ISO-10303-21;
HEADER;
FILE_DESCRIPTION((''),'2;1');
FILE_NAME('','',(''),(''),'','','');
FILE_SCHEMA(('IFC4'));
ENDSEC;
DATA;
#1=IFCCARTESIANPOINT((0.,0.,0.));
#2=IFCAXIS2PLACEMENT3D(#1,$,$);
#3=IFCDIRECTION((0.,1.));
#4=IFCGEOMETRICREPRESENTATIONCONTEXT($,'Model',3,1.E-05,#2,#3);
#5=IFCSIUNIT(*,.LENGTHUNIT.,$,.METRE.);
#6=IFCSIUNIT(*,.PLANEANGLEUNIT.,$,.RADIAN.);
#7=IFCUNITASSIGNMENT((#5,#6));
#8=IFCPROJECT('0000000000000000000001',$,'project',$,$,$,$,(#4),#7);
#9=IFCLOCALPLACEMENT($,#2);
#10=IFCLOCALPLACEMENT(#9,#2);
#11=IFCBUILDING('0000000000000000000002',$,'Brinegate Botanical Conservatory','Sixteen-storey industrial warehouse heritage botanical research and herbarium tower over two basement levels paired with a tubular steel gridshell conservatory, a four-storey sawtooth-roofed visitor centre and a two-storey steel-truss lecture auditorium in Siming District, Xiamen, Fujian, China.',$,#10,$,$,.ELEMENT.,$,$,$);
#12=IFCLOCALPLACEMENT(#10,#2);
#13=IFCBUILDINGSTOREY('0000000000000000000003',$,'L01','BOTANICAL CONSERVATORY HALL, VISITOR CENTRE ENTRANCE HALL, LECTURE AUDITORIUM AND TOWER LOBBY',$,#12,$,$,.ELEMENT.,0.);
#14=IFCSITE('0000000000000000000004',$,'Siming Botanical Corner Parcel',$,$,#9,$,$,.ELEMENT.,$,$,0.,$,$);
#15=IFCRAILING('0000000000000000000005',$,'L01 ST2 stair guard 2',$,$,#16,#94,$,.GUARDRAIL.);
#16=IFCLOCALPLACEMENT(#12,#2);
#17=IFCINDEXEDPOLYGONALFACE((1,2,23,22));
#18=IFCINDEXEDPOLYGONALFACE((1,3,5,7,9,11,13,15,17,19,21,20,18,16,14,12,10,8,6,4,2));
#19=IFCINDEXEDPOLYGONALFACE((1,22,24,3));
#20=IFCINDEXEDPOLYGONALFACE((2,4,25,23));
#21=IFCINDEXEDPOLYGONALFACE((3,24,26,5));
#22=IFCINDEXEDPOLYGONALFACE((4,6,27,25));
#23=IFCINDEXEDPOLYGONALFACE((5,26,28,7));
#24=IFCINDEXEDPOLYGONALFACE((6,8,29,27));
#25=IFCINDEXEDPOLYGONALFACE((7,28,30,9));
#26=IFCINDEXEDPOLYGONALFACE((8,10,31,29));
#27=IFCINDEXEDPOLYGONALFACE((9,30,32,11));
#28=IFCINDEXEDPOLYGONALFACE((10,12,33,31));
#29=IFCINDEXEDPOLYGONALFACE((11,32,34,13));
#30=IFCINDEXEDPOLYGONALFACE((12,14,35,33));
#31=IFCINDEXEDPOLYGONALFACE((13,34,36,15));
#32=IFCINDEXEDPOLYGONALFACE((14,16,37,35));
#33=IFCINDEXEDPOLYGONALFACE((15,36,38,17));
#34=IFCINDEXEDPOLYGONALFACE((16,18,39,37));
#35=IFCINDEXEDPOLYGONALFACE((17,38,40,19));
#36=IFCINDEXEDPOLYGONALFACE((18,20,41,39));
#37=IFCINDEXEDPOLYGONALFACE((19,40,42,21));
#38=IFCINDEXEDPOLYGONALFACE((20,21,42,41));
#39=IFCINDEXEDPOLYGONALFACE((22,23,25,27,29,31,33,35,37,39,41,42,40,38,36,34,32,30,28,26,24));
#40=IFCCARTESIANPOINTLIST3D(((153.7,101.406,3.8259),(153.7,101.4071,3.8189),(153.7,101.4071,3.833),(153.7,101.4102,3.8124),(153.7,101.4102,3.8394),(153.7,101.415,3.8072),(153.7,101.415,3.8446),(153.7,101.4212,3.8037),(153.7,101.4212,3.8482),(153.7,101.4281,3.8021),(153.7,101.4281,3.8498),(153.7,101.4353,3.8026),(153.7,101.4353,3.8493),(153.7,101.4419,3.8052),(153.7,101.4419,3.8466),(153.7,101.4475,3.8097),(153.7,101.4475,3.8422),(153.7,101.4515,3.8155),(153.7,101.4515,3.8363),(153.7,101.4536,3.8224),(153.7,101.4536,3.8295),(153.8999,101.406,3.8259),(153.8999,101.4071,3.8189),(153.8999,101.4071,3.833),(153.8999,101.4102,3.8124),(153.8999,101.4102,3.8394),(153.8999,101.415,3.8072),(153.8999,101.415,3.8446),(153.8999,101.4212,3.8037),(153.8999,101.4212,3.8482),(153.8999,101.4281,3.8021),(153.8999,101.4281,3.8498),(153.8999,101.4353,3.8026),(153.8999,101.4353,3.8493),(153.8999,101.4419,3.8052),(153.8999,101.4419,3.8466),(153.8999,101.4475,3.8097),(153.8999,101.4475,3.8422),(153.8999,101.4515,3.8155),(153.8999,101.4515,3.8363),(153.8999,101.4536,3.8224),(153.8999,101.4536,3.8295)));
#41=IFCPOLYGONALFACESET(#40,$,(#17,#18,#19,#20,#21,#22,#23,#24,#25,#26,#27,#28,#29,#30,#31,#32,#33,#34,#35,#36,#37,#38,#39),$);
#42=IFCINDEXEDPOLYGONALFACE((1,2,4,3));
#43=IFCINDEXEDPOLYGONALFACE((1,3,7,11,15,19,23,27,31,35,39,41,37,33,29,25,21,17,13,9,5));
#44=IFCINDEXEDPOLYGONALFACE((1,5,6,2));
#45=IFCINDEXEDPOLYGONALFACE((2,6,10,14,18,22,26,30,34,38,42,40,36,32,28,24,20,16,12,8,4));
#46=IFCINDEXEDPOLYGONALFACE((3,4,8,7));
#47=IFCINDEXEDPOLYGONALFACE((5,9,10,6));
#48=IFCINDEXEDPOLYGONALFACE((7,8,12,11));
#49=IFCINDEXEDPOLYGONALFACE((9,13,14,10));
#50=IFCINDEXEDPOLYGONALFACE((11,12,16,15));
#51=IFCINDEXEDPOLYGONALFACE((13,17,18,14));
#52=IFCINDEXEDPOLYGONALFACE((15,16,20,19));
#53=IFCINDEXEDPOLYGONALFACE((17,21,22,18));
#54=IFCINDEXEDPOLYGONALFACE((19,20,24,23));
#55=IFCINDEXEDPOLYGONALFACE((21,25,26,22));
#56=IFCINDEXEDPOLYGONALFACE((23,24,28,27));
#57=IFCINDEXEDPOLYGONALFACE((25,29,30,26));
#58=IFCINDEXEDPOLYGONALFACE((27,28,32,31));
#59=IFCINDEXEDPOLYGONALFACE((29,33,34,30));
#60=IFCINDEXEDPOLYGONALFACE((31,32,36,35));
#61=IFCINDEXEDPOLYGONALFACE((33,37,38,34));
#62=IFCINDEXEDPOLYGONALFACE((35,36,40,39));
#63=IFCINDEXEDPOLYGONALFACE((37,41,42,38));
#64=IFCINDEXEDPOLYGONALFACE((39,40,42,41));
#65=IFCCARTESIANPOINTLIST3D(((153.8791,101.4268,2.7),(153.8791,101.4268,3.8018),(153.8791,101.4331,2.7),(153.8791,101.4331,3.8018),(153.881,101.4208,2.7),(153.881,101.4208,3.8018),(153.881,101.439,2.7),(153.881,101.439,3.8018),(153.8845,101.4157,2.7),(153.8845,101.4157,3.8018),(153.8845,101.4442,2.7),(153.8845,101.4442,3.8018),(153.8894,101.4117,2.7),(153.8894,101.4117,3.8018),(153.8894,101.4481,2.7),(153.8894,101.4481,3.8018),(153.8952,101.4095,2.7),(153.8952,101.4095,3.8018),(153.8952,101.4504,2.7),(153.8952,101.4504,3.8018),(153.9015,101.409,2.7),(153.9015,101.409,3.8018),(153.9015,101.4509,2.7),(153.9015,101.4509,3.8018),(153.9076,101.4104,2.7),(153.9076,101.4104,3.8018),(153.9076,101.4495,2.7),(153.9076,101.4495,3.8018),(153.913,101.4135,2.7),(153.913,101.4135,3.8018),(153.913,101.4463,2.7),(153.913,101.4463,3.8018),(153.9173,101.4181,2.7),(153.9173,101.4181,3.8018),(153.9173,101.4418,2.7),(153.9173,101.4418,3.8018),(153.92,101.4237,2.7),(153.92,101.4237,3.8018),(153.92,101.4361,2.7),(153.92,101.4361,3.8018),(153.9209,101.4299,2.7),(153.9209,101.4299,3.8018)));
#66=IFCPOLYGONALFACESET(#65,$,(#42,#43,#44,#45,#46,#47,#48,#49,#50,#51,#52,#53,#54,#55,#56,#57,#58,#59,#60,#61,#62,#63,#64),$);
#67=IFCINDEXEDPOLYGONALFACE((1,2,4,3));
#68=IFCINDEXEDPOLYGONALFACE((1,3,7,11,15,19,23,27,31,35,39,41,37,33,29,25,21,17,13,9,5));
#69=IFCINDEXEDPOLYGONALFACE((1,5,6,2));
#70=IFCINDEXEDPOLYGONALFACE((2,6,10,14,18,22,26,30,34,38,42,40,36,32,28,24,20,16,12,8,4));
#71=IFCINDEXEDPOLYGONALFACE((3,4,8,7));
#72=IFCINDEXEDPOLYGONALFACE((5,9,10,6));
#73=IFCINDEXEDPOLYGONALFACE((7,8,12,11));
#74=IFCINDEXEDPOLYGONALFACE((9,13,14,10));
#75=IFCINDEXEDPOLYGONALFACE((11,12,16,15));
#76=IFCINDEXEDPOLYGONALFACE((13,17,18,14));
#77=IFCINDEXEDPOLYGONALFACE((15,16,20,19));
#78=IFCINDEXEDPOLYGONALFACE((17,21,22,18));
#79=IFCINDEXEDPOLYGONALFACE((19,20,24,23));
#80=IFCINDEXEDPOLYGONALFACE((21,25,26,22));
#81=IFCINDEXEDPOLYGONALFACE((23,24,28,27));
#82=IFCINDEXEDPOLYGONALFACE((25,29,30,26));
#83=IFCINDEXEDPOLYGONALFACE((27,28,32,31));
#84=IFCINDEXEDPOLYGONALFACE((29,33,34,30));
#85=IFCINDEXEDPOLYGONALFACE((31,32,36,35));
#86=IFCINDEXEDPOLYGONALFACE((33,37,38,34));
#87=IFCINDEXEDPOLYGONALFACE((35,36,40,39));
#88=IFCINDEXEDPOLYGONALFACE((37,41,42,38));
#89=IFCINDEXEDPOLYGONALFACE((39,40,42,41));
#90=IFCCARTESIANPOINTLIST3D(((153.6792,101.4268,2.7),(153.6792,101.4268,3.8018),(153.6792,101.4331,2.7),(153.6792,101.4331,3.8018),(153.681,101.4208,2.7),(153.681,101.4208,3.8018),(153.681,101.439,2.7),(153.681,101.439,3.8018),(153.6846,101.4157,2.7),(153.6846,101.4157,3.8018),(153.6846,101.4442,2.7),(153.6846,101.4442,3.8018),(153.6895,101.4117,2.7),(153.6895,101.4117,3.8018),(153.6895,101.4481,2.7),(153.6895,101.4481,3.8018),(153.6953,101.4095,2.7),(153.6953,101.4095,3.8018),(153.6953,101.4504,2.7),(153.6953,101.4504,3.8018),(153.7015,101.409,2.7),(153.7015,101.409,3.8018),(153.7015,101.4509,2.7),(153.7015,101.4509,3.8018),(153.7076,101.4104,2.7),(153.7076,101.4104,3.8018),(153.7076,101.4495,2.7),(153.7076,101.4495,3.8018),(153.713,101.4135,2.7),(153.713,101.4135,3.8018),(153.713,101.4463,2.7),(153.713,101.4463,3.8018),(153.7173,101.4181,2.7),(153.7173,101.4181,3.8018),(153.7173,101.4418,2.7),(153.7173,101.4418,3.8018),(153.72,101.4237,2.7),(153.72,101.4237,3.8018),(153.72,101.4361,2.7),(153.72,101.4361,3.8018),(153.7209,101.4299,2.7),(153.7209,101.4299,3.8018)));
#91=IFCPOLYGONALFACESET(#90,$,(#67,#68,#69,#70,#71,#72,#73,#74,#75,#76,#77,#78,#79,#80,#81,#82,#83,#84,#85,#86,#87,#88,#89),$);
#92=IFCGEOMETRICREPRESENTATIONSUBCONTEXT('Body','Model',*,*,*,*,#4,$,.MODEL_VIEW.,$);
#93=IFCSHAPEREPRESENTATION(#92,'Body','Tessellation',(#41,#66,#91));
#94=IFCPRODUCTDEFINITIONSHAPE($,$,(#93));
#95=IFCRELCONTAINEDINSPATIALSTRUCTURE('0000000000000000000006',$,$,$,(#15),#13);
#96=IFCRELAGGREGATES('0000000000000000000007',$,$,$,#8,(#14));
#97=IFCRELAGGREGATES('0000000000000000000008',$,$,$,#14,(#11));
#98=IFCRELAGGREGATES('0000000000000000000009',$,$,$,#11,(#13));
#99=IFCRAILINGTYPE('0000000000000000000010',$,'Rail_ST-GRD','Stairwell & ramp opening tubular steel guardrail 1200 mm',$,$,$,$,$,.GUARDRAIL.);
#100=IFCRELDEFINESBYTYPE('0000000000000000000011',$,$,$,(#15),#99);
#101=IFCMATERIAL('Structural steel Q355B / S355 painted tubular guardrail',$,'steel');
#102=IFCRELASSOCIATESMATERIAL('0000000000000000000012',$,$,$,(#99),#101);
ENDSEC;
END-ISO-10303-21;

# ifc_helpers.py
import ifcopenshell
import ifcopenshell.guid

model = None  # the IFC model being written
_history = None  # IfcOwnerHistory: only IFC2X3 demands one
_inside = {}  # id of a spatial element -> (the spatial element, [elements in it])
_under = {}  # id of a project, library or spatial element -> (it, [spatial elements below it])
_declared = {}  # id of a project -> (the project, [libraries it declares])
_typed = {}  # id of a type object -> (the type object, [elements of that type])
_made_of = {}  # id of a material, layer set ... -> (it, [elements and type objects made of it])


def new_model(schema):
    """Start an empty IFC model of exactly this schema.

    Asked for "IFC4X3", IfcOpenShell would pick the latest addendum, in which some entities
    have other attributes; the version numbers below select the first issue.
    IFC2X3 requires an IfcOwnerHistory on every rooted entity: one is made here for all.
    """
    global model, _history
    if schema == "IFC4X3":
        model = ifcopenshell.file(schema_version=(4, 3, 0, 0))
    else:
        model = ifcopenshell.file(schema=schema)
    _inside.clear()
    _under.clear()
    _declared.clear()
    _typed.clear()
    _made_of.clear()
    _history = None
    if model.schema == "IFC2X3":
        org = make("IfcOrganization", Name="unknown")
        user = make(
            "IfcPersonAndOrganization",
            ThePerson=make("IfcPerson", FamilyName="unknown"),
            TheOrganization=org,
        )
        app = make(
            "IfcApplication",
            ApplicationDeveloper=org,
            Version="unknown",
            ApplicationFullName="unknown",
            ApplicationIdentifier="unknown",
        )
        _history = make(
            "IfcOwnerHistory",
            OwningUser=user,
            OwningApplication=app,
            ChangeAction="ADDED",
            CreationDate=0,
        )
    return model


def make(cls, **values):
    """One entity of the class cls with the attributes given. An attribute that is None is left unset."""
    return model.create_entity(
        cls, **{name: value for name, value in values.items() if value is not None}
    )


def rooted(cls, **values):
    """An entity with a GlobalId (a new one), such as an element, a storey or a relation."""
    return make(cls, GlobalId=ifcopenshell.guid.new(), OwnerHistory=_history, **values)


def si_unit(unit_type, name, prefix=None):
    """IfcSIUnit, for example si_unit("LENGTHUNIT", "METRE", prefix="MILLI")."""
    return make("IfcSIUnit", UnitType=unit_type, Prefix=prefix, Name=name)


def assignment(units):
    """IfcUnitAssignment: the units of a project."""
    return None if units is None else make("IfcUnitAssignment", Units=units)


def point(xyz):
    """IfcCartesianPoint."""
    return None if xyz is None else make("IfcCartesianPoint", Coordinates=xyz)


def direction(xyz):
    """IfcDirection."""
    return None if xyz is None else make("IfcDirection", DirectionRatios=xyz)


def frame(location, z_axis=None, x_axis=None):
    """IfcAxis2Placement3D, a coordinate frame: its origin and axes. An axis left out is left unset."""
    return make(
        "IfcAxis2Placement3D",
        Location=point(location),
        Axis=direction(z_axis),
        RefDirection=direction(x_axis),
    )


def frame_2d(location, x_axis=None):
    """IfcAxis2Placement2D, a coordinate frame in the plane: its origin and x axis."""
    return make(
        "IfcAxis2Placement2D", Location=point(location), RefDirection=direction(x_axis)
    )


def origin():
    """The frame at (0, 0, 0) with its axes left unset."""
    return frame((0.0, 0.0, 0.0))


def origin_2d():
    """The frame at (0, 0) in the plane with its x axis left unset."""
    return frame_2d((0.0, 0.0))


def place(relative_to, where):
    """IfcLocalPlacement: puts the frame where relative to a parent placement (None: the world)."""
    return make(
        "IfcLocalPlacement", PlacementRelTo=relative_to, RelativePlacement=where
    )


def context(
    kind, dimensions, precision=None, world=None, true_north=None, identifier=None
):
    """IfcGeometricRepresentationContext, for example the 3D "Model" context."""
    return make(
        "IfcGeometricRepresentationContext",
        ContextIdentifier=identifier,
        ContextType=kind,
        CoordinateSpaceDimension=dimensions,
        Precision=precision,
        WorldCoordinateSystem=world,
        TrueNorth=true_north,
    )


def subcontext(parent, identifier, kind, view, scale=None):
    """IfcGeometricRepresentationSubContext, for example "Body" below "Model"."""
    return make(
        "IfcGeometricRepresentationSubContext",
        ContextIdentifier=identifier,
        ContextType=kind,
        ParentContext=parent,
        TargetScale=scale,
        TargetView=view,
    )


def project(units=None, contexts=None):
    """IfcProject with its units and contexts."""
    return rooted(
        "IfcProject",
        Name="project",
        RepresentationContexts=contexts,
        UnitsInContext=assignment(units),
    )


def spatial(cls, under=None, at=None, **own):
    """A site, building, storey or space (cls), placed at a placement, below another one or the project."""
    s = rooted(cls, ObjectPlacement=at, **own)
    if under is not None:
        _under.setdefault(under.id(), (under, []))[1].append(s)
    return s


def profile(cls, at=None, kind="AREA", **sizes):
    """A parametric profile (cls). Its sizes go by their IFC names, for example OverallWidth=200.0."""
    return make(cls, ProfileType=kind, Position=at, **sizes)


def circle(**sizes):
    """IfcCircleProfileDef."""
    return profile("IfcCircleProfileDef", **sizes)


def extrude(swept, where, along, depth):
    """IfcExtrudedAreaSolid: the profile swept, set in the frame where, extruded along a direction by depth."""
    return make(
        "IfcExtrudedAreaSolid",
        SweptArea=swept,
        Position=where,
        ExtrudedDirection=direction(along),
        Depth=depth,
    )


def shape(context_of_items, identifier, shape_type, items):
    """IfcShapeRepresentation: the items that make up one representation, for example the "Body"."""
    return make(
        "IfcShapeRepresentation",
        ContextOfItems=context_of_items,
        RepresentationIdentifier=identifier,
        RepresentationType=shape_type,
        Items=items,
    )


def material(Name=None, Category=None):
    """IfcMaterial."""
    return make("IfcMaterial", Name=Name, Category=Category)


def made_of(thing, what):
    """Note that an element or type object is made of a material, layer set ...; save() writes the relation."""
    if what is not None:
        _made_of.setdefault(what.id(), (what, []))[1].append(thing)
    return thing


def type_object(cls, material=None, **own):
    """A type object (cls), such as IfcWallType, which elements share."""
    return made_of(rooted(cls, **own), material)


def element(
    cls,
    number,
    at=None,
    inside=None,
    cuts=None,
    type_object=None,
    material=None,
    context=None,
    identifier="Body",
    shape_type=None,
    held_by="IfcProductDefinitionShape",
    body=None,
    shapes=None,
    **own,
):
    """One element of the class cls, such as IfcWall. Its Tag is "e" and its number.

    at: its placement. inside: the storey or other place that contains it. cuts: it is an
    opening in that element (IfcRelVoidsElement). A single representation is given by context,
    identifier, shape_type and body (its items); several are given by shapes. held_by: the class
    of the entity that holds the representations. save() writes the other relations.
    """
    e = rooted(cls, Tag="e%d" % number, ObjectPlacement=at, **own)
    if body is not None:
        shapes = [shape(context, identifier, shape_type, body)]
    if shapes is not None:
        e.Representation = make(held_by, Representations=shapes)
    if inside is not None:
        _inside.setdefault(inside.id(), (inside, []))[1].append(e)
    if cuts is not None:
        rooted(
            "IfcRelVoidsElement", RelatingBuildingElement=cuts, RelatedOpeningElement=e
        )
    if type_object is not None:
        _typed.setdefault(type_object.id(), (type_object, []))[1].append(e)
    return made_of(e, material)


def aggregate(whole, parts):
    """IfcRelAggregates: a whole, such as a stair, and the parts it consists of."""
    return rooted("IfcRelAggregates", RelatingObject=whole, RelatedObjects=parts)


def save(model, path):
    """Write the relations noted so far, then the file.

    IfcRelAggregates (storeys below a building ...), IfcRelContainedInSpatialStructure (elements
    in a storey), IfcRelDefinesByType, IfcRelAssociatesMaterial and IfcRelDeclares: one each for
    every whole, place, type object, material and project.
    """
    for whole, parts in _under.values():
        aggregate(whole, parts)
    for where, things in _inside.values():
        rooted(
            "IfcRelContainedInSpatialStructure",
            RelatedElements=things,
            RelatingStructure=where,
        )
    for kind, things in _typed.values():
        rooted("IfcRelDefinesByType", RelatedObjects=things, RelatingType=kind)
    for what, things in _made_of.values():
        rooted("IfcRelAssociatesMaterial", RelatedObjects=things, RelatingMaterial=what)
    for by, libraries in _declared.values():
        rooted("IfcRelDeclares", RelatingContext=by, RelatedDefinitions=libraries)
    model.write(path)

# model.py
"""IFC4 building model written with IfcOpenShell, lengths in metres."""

from ifc_helpers import new_model, si_unit, direction, frame, origin, origin_2d, place, context, subcontext, project, spatial, circle, extrude, material, type_object, element, save


model = new_model("IFC4")

# Units and contexts
model_context = context("Model", 3, precision=1e-05, world=origin(), true_north=direction((0.0, 1.0)))
body_context = subcontext(model_context, "Body", "Model", "MODEL_VIEW")
ifc_project = project(units=[si_unit("LENGTHUNIT", "METRE"), si_unit("PLANEANGLEUNIT", "RADIAN")], contexts=[model_context])

# Site, building, storey
site_placement = place(None, origin())
site = spatial("IfcSite", under=ifc_project, at=site_placement, Name="Siming Botanical Corner Parcel", CompositionType="ELEMENT", RefElevation=0.0)
building_placement = place(site_placement, origin())
building = spatial("IfcBuilding", under=site, at=building_placement, Name="Brinegate Botanical Conservatory", Description="Sixteen-storey industrial warehouse heritage botanical research and herbarium tower over two basement levels paired with a tubular steel gridshell conservatory, a four-storey sawtooth-roofed visitor centre and a two-storey steel-truss lecture auditorium in Siming District, Xiamen, Fujian, China.", CompositionType="ELEMENT")
storey_placement = place(building_placement, origin())
storey = spatial("IfcBuildingStorey", under=building, at=storey_placement, Name="L01", Description="BOTANICAL CONSERVATORY HALL, VISITOR CENTRE ENTRANCE HALL, LECTURE AUDITORIUM AND TOWER LOBBY", CompositionType="ELEMENT", Elevation=0.0)

# Railing
ifc_material_1 = material(Name="Structural steel Q355B / S355 painted tubular guardrail", Category="steel")
railing_type_1 = type_object("IfcRailingType", Name="Rail_ST-GRD", Description="Stairwell & ramp opening tubular steel guardrail 1200 mm", PredefinedType="GUARDRAIL", material=ifc_material_1)
railing_1_placement = place(storey_placement, frame((153.8999, 101.4299, 2.7)))
element("IfcRailing", 1, at=railing_1_placement, inside=storey, type_object=railing_type_1, Name="L01 ST2 stair guard 2", PredefinedType="GUARDRAIL", context=body_context, shape_type="SweptSolid", body=[
    extrude(circle(Radius=0.0239, at=origin_2d()), frame((0.0, 0.0, 1.126), z_axis=(-1.0, 0.0, 0.0), x_axis=(0.0, -1.0, 0.0)), (0.0, 0.0, 1.0), 0.2),
    extrude(circle(Radius=0.021, at=origin_2d()), origin(), (0.0, 0.0, 1.0), 1.1018),
    extrude(circle(Radius=0.021, at=origin_2d()), frame((-0.2, 0.0, 0.0)), (0.0, 0.0, 1.0), 1.1018),
])

save(model, "model.ifc")
